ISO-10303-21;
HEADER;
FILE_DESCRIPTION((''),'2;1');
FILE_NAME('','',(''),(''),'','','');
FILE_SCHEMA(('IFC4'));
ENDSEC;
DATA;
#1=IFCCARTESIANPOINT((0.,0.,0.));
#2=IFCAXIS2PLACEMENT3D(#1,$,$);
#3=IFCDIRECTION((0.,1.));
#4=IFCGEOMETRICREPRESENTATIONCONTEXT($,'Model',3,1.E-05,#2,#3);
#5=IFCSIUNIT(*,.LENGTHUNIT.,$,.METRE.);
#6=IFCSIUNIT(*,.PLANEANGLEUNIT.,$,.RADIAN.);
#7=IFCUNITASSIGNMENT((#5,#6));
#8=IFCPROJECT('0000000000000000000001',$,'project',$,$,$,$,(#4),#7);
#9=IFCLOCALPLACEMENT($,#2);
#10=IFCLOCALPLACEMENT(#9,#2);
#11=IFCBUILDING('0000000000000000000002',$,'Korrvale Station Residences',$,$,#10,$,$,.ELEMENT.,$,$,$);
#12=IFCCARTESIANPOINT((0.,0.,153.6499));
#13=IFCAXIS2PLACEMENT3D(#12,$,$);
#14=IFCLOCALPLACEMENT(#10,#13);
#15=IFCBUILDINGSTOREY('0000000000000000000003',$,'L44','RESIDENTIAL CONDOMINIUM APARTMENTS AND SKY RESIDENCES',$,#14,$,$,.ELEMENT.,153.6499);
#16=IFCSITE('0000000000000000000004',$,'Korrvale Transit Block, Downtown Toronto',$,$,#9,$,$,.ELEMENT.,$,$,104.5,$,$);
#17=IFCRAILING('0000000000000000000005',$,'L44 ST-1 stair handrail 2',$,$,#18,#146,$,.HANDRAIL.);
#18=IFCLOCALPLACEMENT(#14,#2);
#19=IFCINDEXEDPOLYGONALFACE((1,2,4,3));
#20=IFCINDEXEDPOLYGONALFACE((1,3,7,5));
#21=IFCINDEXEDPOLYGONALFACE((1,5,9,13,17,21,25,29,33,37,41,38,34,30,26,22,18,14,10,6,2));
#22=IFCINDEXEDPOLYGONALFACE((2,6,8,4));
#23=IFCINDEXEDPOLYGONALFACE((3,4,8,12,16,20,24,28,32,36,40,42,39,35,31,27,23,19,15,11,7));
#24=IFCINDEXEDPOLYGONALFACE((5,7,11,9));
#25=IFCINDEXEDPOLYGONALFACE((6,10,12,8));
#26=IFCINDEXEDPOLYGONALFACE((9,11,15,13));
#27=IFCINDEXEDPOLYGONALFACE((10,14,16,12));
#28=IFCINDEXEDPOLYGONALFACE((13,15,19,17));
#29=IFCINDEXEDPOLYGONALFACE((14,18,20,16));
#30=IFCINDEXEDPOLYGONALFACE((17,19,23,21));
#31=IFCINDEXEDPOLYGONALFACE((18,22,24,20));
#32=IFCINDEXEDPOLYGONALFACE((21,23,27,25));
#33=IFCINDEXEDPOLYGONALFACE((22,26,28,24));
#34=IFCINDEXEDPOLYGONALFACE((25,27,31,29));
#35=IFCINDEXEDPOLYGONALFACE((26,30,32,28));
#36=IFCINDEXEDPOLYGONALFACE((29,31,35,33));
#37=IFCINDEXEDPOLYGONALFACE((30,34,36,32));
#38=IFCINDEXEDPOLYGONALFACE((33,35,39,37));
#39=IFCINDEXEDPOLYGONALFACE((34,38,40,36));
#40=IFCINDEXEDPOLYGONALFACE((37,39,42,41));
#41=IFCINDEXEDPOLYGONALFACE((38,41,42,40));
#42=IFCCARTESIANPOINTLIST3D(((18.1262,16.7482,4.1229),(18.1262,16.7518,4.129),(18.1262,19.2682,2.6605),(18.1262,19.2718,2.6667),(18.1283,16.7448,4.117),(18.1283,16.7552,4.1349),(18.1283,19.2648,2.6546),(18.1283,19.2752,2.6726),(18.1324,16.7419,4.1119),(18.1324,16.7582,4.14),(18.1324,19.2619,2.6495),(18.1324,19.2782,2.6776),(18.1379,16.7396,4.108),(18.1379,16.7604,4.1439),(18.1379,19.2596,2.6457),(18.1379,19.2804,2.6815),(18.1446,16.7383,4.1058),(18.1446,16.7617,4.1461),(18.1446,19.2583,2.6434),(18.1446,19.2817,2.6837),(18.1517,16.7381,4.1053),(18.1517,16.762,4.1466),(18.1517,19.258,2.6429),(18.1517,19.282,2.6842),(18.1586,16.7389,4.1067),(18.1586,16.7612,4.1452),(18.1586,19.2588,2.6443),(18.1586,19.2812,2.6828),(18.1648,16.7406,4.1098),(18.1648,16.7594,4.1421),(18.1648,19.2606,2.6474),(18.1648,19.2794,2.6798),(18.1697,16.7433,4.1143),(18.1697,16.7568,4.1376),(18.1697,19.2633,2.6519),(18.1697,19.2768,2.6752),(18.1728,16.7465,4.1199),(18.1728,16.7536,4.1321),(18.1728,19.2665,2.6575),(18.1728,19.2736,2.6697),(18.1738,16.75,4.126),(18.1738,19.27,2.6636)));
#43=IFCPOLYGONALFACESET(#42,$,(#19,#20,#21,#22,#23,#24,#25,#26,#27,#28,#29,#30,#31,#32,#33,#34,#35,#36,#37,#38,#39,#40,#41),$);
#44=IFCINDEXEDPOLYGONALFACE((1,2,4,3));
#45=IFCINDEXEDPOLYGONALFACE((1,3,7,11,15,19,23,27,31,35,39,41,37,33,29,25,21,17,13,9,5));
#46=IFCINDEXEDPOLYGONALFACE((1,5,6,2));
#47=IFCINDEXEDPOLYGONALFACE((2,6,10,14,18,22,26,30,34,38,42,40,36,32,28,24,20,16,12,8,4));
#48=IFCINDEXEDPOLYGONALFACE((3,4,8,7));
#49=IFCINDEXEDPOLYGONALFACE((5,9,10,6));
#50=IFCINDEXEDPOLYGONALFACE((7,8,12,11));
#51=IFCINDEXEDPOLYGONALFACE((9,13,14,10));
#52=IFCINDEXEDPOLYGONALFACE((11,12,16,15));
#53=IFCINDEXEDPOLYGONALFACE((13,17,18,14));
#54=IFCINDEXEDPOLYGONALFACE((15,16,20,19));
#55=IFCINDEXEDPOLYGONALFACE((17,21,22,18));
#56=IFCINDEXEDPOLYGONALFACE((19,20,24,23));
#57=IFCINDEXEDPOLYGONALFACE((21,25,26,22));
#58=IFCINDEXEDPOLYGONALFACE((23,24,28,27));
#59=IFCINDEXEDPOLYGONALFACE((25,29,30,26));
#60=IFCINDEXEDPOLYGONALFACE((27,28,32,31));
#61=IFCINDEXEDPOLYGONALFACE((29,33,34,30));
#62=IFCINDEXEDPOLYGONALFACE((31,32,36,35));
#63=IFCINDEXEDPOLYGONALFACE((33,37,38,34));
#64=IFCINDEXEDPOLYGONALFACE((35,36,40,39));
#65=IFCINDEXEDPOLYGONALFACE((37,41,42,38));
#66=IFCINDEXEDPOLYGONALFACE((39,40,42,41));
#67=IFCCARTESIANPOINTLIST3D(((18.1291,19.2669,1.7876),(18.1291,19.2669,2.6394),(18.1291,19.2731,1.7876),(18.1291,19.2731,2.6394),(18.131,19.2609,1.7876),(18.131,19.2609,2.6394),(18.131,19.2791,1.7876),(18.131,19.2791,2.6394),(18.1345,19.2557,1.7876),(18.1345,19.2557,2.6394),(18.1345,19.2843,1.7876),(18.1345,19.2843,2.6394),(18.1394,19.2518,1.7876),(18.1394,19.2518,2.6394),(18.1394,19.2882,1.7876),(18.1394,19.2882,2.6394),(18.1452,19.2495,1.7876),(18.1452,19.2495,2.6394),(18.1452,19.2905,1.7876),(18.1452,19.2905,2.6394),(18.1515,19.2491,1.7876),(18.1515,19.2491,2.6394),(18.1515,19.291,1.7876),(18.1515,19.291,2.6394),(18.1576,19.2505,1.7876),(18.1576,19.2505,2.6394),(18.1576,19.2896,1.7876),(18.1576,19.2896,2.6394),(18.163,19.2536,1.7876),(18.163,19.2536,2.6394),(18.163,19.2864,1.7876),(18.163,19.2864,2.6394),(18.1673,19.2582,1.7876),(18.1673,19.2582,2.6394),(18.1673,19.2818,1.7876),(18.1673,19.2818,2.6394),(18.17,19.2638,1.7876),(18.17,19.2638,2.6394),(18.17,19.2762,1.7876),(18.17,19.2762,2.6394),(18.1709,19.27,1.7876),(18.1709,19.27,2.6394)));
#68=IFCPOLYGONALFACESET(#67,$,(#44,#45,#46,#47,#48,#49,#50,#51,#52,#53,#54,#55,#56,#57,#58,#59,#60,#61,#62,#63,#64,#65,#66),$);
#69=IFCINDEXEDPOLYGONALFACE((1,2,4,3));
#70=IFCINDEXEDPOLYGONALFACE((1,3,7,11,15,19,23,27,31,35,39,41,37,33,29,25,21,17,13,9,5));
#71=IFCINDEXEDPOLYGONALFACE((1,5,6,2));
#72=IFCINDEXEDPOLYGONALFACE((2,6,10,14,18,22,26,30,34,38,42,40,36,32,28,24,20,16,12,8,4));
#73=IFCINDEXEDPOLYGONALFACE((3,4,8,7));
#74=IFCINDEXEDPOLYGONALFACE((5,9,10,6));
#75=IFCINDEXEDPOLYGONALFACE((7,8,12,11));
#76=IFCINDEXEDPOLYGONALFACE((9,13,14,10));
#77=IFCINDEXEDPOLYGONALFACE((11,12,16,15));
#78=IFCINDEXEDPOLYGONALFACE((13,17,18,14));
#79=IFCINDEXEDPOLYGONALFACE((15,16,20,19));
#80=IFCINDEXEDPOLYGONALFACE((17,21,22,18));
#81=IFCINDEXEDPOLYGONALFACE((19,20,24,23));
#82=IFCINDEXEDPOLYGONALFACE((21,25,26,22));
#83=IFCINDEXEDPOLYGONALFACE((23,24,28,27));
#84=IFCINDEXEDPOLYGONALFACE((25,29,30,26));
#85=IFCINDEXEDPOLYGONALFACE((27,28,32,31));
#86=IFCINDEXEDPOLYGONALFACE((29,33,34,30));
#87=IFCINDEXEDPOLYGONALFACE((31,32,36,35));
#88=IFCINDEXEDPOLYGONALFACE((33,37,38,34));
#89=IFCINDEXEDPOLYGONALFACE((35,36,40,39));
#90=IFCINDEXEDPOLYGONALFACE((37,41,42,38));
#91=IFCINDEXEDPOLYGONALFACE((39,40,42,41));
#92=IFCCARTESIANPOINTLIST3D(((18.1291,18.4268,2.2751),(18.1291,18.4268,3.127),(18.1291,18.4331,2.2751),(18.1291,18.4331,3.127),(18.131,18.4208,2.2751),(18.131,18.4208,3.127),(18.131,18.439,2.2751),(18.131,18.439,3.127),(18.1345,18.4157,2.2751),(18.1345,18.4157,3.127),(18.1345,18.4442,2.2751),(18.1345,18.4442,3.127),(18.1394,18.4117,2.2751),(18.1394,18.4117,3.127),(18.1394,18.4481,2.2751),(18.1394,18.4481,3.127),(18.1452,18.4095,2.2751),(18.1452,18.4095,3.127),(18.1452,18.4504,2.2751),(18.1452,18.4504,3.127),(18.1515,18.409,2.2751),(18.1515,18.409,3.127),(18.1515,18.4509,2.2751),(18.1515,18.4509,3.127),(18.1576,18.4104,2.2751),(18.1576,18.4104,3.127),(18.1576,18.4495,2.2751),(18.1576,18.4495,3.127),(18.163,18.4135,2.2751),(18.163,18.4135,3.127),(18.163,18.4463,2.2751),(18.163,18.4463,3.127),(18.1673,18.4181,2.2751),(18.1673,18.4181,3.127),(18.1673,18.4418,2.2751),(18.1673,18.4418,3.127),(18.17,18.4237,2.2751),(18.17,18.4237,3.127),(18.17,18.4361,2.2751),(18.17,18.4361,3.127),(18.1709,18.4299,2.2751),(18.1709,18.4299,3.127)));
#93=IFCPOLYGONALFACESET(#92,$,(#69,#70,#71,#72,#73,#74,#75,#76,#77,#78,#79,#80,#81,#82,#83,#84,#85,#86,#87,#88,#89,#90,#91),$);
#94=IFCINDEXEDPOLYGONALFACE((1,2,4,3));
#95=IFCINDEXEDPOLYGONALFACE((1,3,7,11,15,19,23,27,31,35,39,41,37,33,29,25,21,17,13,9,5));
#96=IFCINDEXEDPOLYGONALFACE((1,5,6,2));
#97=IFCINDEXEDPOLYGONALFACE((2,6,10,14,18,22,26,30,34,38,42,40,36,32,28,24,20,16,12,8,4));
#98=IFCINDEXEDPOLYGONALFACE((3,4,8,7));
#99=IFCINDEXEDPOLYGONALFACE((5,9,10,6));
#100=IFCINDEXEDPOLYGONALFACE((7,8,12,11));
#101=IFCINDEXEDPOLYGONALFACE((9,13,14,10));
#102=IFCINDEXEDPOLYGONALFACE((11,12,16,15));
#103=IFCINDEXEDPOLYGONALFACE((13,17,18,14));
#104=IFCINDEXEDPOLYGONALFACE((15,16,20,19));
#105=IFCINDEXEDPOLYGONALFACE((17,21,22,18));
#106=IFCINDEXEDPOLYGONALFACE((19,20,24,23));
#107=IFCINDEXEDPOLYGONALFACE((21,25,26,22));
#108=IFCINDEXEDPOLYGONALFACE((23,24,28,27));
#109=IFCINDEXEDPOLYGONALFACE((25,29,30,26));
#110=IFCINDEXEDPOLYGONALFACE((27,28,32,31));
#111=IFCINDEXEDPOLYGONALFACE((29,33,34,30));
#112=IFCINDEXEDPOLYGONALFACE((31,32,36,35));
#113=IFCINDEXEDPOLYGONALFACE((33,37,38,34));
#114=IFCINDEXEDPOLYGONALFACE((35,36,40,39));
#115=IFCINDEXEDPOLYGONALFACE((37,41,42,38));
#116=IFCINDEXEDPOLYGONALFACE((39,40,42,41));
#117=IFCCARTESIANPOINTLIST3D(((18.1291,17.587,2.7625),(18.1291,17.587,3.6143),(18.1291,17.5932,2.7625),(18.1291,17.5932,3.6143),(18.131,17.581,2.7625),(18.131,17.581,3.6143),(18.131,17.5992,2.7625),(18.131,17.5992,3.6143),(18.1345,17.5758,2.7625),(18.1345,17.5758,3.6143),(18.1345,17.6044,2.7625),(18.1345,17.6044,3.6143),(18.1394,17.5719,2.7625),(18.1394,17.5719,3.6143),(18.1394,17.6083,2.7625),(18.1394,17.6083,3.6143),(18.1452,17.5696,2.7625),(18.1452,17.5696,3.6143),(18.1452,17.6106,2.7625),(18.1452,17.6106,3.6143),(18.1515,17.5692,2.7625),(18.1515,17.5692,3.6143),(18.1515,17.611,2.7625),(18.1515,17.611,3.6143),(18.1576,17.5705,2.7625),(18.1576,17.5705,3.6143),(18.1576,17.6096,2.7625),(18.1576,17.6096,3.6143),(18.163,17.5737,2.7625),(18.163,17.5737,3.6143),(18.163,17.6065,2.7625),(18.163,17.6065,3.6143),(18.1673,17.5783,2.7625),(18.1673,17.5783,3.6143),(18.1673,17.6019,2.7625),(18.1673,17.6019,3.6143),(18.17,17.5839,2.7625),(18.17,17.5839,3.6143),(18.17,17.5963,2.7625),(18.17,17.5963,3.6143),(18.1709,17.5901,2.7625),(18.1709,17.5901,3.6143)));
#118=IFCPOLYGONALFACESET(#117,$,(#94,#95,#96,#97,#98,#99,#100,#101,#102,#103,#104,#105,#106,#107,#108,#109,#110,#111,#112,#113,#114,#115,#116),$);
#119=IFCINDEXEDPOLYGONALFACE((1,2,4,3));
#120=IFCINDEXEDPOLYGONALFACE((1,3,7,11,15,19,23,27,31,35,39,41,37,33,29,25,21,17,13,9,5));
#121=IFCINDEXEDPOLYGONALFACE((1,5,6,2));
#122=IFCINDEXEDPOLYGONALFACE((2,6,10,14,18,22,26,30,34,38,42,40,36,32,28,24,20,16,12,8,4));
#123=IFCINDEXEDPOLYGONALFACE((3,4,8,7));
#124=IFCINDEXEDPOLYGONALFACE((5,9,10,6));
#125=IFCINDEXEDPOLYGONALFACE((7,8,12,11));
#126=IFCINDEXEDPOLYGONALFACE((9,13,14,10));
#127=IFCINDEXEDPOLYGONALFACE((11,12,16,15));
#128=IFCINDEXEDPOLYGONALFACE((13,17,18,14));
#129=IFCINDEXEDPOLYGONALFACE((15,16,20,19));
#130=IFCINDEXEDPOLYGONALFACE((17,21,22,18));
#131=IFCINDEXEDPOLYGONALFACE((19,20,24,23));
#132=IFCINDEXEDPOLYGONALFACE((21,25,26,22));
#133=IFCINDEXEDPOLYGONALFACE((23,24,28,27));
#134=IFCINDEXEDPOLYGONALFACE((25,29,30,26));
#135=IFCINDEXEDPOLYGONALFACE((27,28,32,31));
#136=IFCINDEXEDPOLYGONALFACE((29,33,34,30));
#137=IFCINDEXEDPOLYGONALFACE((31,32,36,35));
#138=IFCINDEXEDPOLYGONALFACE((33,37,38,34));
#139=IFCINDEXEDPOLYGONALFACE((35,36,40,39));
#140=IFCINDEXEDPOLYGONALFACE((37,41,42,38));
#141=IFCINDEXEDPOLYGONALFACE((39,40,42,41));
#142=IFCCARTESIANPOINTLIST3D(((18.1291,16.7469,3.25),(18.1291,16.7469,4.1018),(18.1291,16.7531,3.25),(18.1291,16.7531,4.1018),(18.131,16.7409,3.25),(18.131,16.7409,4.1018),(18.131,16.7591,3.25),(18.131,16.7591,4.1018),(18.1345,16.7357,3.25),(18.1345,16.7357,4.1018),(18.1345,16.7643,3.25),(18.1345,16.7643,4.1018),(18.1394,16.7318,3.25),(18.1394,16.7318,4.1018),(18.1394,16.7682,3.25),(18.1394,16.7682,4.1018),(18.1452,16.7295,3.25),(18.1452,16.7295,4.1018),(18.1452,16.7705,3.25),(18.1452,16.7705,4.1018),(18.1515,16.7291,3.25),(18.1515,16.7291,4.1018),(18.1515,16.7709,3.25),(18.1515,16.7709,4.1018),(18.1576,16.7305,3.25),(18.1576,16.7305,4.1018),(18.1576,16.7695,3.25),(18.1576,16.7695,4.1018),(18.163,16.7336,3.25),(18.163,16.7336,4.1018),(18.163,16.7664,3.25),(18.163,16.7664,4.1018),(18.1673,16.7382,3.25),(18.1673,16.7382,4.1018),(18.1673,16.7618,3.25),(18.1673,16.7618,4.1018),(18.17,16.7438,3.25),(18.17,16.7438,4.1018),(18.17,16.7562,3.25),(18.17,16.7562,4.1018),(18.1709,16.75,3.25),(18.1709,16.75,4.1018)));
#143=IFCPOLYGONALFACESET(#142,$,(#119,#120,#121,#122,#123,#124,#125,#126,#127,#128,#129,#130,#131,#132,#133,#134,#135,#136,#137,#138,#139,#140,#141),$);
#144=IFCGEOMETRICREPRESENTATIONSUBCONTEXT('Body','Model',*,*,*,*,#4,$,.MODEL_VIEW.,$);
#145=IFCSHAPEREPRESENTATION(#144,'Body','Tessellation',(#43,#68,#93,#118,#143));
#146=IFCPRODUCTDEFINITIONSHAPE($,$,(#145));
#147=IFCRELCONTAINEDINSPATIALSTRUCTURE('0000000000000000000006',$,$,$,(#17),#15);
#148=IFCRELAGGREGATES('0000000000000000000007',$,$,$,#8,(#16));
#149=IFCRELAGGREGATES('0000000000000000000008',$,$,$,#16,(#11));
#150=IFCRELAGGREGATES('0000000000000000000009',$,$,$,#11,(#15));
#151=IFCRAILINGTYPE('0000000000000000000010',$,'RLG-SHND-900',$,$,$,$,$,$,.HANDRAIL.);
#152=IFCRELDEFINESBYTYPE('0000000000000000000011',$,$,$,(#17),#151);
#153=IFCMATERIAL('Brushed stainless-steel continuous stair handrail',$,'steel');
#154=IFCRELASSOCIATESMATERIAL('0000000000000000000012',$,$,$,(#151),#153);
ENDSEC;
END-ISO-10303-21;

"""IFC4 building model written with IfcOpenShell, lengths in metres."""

from ifc_helpers import new_model, si_unit, direction, frame, origin, origin_2d, place, context, subcontext, project, spatial, circle, extrude, material, type_object, element, save


model = new_model("IFC4")

# Units and contexts
model_context = context("Model", 3, precision=1e-05, world=origin(), true_north=direction((0.0, 1.0)))
body_context = subcontext(model_context, "Body", "Model", "MODEL_VIEW")
ifc_project = project(units=[si_unit("LENGTHUNIT", "METRE"), si_unit("PLANEANGLEUNIT", "RADIAN")], contexts=[model_context])

# Site, building, storey
site_placement = place(None, origin())
site = spatial("IfcSite", under=ifc_project, at=site_placement, Name="Korrvale Transit Block, Downtown Toronto", CompositionType="ELEMENT", RefElevation=104.5)
building_placement = place(site_placement, origin())
building = spatial("IfcBuilding", under=site, at=building_placement, Name="Korrvale Station Residences", CompositionType="ELEMENT")
storey_placement = place(building_placement, frame((0.0, 0.0, 153.6499)))
storey = spatial("IfcBuildingStorey", under=building, at=storey_placement, Name="L44", Description="RESIDENTIAL CONDOMINIUM APARTMENTS AND SKY RESIDENCES", CompositionType="ELEMENT", Elevation=153.6499)

# Railing
ifc_material_1 = material(Name="Brushed stainless-steel continuous stair handrail", Category="steel")
railing_type_1 = type_object("IfcRailingType", Name="RLG-SHND-900", PredefinedType="HANDRAIL", material=ifc_material_1)
railing_1_placement = place(storey_placement, frame((18.1499, 19.27, 1.7876)))
element("IfcRailing", 1, at=railing_1_placement, inside=storey, type_object=railing_type_1, Name="L44 ST-1 stair handrail 2", PredefinedType="HANDRAIL", context=body_context, shape_type="SweptSolid", body=[
    extrude(circle(Radius=0.0239, at=origin_2d()), frame((0.0, 0.0, 0.876), z_axis=(0.0, -0.864913, 0.501921), x_axis=(1.0, 0.0, 0.0)), (0.0, 0.0, 1.0), 2.9136),
    extrude(circle(Radius=0.021, at=origin_2d()), origin(), (0.0, 0.0, 1.0), 0.8518),
    extrude(circle(Radius=0.021, at=origin_2d()), frame((0.0, -0.8401, 0.4875)), (0.0, 0.0, 1.0), 0.8518),
    extrude(circle(Radius=0.021, at=origin_2d()), frame((0.0, -1.6799, 0.9749)), (0.0, 0.0, 1.0), 0.8518),
    extrude(circle(Radius=0.021, at=origin_2d()), frame((0.0, -2.52, 1.4624)), (0.0, 0.0, 1.0), 0.8518),
])

save(model, "model.ifc")
